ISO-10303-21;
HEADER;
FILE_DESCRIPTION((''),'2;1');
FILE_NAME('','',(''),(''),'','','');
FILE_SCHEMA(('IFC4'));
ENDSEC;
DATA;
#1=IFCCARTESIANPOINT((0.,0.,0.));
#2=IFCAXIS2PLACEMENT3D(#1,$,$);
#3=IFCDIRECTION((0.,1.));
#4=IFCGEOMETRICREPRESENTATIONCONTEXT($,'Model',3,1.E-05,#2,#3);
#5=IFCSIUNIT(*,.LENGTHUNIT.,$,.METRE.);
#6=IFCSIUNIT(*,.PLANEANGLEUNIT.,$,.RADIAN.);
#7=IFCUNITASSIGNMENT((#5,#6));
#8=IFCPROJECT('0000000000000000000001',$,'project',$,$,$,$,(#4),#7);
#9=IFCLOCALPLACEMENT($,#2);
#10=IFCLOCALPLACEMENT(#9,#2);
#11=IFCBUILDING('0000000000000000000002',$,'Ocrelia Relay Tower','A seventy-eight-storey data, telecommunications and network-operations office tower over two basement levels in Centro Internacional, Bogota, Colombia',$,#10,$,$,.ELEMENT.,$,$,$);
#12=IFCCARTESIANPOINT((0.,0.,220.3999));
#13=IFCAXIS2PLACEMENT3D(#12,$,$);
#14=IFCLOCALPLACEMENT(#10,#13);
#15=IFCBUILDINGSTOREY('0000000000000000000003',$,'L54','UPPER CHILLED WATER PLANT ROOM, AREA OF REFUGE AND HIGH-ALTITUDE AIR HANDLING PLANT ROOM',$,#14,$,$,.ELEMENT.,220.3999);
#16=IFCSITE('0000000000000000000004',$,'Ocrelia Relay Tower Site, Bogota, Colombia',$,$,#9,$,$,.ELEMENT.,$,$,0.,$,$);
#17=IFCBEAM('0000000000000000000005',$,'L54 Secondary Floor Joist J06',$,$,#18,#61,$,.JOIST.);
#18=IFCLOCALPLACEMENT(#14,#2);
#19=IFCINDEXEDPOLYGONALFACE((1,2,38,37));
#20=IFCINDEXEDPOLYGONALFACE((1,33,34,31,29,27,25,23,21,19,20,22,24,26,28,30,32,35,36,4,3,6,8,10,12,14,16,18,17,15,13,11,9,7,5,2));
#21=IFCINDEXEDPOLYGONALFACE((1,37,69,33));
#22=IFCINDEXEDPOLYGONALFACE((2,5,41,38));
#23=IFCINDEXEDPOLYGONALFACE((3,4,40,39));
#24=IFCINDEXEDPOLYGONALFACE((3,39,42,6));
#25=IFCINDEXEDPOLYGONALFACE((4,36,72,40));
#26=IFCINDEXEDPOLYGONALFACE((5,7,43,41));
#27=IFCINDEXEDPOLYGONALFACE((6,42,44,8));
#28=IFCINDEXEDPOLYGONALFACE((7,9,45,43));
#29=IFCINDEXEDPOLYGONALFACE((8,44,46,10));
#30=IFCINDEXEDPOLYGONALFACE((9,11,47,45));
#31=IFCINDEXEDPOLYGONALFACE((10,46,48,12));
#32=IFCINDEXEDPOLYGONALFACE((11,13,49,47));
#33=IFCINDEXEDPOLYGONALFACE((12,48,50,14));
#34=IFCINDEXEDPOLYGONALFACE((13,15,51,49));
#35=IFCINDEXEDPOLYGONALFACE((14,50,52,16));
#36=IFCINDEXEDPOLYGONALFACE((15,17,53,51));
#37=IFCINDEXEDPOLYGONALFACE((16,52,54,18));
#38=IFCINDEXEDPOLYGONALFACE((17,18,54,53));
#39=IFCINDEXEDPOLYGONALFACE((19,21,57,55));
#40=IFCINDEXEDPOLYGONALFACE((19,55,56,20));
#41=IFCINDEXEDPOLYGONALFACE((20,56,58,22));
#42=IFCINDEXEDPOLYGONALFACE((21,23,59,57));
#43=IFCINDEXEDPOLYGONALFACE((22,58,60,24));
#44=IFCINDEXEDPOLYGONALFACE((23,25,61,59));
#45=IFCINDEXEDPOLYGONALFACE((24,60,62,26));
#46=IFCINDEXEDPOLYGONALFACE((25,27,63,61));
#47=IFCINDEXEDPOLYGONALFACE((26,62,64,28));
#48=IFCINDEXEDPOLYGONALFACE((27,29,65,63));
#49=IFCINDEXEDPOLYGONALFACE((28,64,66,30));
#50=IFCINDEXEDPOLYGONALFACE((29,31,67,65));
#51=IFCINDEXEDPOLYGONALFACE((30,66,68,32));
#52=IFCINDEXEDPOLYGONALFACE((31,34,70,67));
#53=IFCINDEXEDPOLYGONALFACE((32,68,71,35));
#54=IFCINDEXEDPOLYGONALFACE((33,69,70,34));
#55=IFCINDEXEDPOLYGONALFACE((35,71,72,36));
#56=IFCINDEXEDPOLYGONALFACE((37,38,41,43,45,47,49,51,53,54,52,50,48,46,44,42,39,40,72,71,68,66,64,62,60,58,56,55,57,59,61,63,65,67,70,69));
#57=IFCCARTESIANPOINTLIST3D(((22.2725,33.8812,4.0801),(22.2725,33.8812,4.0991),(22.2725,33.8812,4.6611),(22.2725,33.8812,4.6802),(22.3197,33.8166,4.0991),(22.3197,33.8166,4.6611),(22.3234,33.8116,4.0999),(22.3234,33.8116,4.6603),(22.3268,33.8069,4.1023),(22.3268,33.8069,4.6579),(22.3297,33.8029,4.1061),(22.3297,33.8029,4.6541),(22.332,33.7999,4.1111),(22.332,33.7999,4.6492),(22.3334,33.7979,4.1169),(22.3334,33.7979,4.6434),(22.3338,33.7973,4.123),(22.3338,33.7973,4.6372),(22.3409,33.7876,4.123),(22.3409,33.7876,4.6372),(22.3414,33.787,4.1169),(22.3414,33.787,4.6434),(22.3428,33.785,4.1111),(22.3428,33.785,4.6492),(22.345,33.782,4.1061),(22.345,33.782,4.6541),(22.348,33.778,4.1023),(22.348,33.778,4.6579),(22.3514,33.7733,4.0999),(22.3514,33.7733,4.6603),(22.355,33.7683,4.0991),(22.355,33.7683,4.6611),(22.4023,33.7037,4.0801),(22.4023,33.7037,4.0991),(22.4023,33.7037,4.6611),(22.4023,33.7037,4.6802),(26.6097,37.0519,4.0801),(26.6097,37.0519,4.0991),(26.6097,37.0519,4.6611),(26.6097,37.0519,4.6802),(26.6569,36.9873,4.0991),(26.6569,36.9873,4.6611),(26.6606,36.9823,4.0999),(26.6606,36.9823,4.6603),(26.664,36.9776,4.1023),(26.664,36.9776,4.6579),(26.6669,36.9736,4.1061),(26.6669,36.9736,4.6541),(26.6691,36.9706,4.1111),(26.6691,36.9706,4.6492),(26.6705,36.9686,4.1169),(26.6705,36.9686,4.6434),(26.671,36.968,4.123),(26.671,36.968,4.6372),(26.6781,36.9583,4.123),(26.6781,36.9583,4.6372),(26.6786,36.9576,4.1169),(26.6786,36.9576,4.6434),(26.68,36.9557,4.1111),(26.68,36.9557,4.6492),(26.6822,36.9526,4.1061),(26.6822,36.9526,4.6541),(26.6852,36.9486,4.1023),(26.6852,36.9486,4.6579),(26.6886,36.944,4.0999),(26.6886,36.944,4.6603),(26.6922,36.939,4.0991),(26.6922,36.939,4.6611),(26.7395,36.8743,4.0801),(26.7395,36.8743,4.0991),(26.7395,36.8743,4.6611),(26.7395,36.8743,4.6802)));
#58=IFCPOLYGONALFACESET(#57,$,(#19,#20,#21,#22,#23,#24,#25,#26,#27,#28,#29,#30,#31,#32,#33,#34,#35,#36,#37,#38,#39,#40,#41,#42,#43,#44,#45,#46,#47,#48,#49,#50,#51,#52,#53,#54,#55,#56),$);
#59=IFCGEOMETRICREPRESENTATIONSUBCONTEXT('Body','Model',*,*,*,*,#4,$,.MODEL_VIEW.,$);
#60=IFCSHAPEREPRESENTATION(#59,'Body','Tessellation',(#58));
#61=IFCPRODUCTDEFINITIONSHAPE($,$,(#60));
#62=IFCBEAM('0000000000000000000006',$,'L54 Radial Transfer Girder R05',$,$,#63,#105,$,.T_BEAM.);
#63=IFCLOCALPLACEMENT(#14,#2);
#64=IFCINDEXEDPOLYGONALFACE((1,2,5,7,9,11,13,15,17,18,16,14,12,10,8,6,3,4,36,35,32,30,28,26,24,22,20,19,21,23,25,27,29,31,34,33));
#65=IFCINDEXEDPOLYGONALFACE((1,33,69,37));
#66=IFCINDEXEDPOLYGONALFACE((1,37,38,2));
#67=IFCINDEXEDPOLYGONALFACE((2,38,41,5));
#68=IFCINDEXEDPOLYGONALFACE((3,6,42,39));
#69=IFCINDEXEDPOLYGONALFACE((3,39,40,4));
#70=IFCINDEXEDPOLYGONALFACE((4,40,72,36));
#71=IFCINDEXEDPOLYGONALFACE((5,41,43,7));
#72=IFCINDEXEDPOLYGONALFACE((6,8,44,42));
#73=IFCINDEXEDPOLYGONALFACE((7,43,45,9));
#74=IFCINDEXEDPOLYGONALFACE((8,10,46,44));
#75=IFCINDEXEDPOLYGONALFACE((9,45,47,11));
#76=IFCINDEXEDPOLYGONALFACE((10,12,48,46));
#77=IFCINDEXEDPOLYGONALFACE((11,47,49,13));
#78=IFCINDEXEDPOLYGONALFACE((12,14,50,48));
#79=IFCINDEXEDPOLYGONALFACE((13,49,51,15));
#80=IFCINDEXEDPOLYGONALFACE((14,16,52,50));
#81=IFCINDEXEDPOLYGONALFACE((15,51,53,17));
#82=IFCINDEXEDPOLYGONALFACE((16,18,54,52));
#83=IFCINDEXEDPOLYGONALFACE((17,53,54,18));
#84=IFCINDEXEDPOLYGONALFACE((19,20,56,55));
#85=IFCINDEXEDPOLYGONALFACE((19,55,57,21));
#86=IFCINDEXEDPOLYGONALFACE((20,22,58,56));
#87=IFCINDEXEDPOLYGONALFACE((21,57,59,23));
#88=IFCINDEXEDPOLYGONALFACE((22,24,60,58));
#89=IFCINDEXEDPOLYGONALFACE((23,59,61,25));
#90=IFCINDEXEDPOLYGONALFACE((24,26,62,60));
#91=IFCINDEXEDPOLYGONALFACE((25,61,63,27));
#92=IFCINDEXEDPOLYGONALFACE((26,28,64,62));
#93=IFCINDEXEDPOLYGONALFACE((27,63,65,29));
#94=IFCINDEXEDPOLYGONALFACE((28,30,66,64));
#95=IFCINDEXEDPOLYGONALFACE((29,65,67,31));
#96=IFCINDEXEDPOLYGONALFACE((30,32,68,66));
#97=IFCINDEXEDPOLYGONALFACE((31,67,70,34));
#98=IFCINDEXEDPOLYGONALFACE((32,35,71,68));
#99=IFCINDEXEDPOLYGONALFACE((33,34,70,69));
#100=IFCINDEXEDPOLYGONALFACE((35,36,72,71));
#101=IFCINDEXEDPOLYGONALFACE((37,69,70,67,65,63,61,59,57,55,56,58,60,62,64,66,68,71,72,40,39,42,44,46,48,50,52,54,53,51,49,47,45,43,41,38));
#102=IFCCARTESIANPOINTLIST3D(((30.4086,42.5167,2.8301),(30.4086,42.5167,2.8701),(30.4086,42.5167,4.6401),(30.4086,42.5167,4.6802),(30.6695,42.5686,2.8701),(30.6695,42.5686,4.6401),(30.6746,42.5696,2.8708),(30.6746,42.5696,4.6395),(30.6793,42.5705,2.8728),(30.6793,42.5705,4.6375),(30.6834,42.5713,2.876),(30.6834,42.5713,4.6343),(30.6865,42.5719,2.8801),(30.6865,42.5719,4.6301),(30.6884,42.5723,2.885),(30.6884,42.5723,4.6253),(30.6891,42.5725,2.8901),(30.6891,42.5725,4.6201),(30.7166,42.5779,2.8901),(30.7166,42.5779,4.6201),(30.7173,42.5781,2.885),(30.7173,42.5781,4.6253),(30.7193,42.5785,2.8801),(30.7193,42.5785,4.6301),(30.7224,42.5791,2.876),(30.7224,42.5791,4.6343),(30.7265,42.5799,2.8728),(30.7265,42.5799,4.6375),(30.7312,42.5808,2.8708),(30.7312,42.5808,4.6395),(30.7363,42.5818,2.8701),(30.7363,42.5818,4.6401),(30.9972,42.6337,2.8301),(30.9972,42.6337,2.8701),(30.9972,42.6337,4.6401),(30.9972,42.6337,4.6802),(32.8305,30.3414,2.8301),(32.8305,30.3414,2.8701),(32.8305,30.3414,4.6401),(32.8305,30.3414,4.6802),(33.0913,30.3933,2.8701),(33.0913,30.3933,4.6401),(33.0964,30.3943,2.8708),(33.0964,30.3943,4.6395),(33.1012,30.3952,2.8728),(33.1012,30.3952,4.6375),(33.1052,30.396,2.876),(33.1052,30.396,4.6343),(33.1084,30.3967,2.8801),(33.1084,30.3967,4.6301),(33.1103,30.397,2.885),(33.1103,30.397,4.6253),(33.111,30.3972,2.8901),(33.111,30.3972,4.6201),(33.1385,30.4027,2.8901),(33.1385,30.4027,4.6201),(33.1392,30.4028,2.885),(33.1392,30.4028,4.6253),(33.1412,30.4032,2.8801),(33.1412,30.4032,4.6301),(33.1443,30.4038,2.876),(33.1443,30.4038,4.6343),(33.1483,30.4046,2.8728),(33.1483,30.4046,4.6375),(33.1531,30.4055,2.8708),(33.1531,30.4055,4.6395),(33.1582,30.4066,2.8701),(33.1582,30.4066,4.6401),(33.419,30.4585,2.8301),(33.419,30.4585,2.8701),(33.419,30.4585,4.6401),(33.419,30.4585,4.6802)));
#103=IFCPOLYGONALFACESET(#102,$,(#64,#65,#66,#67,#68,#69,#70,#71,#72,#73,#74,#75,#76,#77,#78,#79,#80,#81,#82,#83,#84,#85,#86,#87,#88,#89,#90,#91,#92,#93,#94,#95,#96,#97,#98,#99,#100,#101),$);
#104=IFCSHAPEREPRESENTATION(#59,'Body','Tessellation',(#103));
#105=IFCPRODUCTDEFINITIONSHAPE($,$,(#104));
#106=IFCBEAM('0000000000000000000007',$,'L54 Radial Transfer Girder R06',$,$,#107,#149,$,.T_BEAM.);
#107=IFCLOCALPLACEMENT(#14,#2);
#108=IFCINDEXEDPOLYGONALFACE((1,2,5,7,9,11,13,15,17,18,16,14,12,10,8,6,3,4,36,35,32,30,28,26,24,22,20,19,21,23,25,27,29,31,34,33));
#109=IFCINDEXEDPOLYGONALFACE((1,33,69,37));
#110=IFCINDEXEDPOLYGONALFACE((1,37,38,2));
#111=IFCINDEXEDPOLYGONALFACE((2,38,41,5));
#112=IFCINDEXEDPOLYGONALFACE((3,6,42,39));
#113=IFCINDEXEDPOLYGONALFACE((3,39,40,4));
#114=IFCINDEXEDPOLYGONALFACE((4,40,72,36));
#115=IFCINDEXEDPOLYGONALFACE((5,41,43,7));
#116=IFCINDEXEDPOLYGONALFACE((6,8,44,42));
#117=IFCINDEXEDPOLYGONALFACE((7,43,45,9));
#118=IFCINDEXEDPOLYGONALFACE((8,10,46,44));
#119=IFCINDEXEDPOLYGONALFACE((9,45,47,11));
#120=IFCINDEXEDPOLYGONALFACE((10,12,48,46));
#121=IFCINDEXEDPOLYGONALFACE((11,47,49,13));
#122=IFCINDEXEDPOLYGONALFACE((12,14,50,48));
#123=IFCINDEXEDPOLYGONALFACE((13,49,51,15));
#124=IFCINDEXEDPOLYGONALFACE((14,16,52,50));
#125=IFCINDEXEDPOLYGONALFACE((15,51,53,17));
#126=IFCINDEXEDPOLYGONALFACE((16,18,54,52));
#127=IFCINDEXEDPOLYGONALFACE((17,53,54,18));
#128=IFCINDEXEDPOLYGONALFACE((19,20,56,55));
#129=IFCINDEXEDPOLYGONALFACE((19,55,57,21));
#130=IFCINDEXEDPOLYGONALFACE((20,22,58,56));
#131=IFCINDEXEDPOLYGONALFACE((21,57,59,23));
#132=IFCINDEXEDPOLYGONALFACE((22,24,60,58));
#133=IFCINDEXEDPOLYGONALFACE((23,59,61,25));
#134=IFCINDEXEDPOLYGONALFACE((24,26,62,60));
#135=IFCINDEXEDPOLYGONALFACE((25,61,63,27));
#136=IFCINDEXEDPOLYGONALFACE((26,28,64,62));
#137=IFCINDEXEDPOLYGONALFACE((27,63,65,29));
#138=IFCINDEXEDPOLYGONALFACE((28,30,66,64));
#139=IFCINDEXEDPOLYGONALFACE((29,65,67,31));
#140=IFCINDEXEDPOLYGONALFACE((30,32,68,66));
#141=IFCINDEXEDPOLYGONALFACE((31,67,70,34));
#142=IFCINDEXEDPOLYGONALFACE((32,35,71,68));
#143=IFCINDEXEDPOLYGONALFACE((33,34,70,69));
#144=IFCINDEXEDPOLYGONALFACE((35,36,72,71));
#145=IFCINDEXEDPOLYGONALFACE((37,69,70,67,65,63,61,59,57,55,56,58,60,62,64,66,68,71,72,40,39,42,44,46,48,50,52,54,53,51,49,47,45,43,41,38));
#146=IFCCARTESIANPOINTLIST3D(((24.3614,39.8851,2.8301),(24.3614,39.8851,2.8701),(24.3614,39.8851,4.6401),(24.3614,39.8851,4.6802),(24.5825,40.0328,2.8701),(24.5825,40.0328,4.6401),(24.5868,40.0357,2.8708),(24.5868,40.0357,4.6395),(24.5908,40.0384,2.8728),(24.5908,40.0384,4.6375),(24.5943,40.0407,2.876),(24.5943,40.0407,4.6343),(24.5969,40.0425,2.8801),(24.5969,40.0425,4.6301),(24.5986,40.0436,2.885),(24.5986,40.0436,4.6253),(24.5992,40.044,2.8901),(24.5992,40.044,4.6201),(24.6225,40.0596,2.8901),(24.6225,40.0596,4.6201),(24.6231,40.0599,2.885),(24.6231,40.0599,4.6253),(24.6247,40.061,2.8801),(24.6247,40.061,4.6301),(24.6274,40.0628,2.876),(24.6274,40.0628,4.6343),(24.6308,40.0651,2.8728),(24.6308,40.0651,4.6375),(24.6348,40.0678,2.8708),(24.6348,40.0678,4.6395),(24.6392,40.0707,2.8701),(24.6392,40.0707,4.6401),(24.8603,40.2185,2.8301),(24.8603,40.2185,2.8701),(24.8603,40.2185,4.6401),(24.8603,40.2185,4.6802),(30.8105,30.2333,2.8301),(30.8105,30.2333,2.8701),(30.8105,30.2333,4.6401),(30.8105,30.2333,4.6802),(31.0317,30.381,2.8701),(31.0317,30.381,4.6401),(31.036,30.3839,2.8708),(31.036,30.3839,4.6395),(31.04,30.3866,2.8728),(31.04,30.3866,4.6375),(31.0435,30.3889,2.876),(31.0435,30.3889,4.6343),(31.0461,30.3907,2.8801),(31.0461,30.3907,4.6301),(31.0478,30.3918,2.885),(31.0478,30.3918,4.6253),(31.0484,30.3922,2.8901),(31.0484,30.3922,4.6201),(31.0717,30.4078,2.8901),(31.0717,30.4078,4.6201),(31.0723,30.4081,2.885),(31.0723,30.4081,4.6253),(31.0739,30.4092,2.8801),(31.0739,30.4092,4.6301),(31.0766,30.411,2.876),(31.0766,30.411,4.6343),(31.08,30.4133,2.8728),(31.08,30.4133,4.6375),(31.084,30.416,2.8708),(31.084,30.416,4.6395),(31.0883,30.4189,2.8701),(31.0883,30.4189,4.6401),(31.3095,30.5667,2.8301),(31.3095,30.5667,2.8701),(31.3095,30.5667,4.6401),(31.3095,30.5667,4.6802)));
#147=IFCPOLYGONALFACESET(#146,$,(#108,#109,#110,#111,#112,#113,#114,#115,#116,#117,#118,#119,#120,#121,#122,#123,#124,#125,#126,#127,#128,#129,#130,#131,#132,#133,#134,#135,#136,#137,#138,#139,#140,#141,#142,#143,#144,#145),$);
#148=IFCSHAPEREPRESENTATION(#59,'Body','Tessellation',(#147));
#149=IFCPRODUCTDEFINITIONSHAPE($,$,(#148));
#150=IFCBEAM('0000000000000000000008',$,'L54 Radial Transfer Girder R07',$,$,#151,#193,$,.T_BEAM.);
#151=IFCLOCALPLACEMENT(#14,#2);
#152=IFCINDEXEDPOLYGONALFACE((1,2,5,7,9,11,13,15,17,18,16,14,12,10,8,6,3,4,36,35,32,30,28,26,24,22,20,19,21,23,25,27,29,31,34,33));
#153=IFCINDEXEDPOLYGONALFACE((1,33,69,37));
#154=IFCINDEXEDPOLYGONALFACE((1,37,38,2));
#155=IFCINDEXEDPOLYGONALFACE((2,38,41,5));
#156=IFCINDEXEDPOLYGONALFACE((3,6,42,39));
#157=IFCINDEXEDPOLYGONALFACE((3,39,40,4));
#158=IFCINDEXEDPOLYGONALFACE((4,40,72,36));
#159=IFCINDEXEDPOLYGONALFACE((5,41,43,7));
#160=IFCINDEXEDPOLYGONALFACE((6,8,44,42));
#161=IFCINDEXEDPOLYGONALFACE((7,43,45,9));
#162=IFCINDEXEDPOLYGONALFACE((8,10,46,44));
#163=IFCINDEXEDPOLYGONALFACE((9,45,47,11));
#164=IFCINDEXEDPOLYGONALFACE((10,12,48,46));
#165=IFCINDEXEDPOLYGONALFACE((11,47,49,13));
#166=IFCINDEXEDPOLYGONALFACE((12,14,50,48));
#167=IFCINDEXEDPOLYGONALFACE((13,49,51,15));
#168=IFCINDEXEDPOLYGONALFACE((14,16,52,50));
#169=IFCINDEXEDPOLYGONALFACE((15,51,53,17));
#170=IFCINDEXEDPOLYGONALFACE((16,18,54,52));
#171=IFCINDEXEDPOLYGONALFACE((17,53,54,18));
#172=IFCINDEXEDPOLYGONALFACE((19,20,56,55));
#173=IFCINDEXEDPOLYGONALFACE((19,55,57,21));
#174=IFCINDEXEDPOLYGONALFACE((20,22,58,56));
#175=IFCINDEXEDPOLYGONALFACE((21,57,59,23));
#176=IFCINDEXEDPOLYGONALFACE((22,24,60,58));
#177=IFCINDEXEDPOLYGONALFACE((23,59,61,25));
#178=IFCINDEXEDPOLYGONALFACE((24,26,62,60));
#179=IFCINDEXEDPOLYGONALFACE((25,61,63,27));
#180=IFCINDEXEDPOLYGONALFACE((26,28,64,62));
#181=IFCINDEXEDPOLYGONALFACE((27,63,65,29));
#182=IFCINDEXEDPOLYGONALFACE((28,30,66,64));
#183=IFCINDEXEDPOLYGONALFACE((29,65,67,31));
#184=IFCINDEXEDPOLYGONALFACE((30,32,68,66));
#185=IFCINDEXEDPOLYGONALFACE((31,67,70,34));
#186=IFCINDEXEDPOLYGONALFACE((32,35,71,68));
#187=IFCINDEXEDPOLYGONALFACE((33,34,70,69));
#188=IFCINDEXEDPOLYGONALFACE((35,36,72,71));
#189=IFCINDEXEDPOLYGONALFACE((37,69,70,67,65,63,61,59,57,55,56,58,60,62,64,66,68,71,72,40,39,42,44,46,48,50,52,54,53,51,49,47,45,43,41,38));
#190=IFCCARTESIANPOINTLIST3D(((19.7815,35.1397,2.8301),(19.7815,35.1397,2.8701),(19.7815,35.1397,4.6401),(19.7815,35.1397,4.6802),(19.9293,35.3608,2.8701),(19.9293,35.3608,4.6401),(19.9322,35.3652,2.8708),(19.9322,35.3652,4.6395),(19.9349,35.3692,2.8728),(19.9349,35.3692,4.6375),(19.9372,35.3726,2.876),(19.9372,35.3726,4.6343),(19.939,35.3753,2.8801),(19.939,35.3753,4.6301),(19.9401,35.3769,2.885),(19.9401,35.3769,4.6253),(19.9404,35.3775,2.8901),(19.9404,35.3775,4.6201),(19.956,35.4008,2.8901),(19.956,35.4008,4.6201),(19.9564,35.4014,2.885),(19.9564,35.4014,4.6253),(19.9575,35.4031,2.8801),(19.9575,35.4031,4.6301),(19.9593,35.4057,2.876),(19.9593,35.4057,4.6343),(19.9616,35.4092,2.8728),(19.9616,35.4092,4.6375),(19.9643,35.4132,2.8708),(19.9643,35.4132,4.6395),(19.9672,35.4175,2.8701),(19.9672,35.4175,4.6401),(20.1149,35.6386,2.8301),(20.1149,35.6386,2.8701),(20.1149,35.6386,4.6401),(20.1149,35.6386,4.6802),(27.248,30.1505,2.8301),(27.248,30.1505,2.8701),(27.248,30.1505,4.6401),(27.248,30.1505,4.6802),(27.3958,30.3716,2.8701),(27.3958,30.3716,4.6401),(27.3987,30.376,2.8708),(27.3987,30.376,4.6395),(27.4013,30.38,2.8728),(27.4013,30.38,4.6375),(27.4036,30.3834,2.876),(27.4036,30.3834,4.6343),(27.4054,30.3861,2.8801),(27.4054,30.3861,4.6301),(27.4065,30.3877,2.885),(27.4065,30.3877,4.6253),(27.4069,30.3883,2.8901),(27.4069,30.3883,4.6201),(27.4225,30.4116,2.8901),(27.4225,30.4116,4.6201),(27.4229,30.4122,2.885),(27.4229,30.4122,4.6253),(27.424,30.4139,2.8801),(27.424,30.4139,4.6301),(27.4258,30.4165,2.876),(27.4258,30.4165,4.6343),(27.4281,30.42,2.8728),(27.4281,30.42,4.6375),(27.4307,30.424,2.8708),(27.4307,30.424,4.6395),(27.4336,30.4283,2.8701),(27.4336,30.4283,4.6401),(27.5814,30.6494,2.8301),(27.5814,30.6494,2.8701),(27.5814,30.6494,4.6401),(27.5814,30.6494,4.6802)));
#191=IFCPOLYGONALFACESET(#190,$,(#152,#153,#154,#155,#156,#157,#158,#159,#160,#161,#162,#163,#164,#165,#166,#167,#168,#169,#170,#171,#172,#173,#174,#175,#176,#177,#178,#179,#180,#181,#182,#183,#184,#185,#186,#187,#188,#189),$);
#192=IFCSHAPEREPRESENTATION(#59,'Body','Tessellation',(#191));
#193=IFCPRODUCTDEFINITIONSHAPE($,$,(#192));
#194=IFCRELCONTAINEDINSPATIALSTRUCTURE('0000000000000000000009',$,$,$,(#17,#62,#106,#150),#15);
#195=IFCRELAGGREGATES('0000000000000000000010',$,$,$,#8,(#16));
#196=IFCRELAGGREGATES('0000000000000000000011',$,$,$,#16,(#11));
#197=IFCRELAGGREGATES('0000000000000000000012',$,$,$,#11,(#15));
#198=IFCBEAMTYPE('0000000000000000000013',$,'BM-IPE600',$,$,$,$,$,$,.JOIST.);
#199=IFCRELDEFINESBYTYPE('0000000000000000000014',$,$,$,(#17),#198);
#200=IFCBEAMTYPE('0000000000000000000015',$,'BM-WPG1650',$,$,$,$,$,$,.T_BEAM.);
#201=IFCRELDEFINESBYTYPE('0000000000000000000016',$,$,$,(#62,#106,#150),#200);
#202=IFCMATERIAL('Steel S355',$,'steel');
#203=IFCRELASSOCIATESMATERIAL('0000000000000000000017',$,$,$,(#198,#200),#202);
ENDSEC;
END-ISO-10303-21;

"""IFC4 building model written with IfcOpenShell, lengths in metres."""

from ifc_helpers import new_model, si_unit, direction, frame, origin, origin_2d, place, context, subcontext, project, spatial, i_section, extrude, material, material_profile, profile_set, type_object, element, save


model = new_model("IFC4")

# Units and contexts
model_context = context("Model", 3, precision=1e-05, world=origin(), true_north=direction((0.0, 1.0)))
body_context = subcontext(model_context, "Body", "Model", "MODEL_VIEW")
ifc_project = project(units=[si_unit("LENGTHUNIT", "METRE"), si_unit("PLANEANGLEUNIT", "RADIAN")], contexts=[model_context])

# Site, building, storey
site_placement = place(None, origin())
site = spatial("IfcSite", under=ifc_project, at=site_placement, Name="Ocrelia Relay Tower Site, Bogota, Colombia", CompositionType="ELEMENT", RefElevation=0.0)
building_placement = place(site_placement, origin())
building = spatial("IfcBuilding", under=site, at=building_placement, Name="Ocrelia Relay Tower", Description="A seventy-eight-storey data, telecommunications and network-operations office tower over two basement levels in Centro Internacional, Bogota, Colombia", CompositionType="ELEMENT")
storey_placement = place(building_placement, frame((0.0, 0.0, 220.3999)))
storey = spatial("IfcBuildingStorey", under=building, at=storey_placement, Name="L54", Description="UPPER CHILLED WATER PLANT ROOM, AREA OF REFUGE AND HIGH-ALTITUDE AIR HANDLING PLANT ROOM", CompositionType="ELEMENT", Elevation=220.3999)

# Beams
ifc_material_1 = material(Name="Steel S355", Category="steel")
ifc_material_profile_1 = material_profile(ifc_material_1, i_section(OverallWidth=0.22, OverallDepth=0.6001, WebThickness=0.012, FlangeThickness=0.019, FilletRadius=0.0239, at=origin_2d()), Name="IPE 600")
ifc_profile_set_1 = profile_set([ifc_material_profile_1], Name="Steel S355")
beam_type_1 = type_object("IfcBeamType", Name="BM-IPE600", PredefinedType="JOIST", material=ifc_profile_set_1)
beam_1_placement = place(storey_placement, frame((26.6746, 36.9631, 4.3801), z_axis=(-0.807285, -0.590161, 0.0), x_axis=(0.590161, -0.807285, 0.0)))
element("IfcBeam", 1, at=beam_1_placement, inside=storey, type_object=beam_type_1, Name="L54 Secondary Floor Joist J06", PredefinedType="JOIST", context=body_context, shape_type="SweptSolid", body=[
    extrude(i_section(OverallWidth=0.22, OverallDepth=0.6001, WebThickness=0.012, FlangeThickness=0.019, FilletRadius=0.0239, at=origin_2d()), origin(), (0.0, 0.0, 1.0), 5.3726),
])
ifc_material_profile_2 = material_profile(ifc_material_1, i_section(OverallWidth=0.6001, OverallDepth=1.8501, WebThickness=0.0281, FlangeThickness=0.04, FilletRadius=0.02, at=origin_2d()), Name="WPG 1850x600")
ifc_profile_set_2 = profile_set([ifc_material_profile_2], Name="Steel S355")
beam_type_2 = type_object("IfcBeamType", Name="BM-WPG1650", PredefinedType="T_BEAM", material=ifc_profile_set_2)
beam_2_placement = place(storey_placement, frame((30.7029, 42.5752, 3.7551), z_axis=(0.195095, -0.980784, 0.0), x_axis=(0.980784, 0.195095, 0.0)))
element("IfcBeam", 2, at=beam_2_placement, inside=storey, type_object=beam_type_2, Name="L54 Radial Transfer Girder R05", PredefinedType="T_BEAM", context=body_context, shape_type="SweptSolid", body=[
    extrude(i_section(OverallWidth=0.6001, OverallDepth=1.8501, WebThickness=0.0281, FlangeThickness=0.04, FilletRadius=0.02, at=origin_2d()), origin(), (0.0, 0.0, 1.0), 12.4138),
])
beam_3_placement = place(storey_placement, frame((24.6108, 40.0518, 3.7551), z_axis=(0.555574, -0.831467, 0.0), x_axis=(0.831467, 0.555574, 0.0)))
element("IfcBeam", 3, at=beam_3_placement, inside=storey, type_object=beam_type_2, Name="L54 Radial Transfer Girder R06", PredefinedType="T_BEAM", context=body_context, shape_type="SweptSolid", body=[
    extrude(i_section(OverallWidth=0.6001, OverallDepth=1.8501, WebThickness=0.0281, FlangeThickness=0.04, FilletRadius=0.02, at=origin_2d()), origin(), (0.0, 0.0, 1.0), 11.6082),
])
beam_4_placement = place(storey_placement, frame((19.9482, 35.3892, 3.7551), z_axis=(0.831456, -0.555591, 0.0), x_axis=(0.555591, 0.831456, 0.0)))
element("IfcBeam", 4, at=beam_4_placement, inside=storey, type_object=beam_type_2, Name="L54 Radial Transfer Girder R07", PredefinedType="T_BEAM", context=body_context, shape_type="SweptSolid", body=[
    extrude(i_section(OverallWidth=0.6001, OverallDepth=1.8501, WebThickness=0.0281, FlangeThickness=0.04, FilletRadius=0.02, at=origin_2d()), origin(), (0.0, 0.0, 1.0), 8.98),
])

save(model, "model.ifc")
